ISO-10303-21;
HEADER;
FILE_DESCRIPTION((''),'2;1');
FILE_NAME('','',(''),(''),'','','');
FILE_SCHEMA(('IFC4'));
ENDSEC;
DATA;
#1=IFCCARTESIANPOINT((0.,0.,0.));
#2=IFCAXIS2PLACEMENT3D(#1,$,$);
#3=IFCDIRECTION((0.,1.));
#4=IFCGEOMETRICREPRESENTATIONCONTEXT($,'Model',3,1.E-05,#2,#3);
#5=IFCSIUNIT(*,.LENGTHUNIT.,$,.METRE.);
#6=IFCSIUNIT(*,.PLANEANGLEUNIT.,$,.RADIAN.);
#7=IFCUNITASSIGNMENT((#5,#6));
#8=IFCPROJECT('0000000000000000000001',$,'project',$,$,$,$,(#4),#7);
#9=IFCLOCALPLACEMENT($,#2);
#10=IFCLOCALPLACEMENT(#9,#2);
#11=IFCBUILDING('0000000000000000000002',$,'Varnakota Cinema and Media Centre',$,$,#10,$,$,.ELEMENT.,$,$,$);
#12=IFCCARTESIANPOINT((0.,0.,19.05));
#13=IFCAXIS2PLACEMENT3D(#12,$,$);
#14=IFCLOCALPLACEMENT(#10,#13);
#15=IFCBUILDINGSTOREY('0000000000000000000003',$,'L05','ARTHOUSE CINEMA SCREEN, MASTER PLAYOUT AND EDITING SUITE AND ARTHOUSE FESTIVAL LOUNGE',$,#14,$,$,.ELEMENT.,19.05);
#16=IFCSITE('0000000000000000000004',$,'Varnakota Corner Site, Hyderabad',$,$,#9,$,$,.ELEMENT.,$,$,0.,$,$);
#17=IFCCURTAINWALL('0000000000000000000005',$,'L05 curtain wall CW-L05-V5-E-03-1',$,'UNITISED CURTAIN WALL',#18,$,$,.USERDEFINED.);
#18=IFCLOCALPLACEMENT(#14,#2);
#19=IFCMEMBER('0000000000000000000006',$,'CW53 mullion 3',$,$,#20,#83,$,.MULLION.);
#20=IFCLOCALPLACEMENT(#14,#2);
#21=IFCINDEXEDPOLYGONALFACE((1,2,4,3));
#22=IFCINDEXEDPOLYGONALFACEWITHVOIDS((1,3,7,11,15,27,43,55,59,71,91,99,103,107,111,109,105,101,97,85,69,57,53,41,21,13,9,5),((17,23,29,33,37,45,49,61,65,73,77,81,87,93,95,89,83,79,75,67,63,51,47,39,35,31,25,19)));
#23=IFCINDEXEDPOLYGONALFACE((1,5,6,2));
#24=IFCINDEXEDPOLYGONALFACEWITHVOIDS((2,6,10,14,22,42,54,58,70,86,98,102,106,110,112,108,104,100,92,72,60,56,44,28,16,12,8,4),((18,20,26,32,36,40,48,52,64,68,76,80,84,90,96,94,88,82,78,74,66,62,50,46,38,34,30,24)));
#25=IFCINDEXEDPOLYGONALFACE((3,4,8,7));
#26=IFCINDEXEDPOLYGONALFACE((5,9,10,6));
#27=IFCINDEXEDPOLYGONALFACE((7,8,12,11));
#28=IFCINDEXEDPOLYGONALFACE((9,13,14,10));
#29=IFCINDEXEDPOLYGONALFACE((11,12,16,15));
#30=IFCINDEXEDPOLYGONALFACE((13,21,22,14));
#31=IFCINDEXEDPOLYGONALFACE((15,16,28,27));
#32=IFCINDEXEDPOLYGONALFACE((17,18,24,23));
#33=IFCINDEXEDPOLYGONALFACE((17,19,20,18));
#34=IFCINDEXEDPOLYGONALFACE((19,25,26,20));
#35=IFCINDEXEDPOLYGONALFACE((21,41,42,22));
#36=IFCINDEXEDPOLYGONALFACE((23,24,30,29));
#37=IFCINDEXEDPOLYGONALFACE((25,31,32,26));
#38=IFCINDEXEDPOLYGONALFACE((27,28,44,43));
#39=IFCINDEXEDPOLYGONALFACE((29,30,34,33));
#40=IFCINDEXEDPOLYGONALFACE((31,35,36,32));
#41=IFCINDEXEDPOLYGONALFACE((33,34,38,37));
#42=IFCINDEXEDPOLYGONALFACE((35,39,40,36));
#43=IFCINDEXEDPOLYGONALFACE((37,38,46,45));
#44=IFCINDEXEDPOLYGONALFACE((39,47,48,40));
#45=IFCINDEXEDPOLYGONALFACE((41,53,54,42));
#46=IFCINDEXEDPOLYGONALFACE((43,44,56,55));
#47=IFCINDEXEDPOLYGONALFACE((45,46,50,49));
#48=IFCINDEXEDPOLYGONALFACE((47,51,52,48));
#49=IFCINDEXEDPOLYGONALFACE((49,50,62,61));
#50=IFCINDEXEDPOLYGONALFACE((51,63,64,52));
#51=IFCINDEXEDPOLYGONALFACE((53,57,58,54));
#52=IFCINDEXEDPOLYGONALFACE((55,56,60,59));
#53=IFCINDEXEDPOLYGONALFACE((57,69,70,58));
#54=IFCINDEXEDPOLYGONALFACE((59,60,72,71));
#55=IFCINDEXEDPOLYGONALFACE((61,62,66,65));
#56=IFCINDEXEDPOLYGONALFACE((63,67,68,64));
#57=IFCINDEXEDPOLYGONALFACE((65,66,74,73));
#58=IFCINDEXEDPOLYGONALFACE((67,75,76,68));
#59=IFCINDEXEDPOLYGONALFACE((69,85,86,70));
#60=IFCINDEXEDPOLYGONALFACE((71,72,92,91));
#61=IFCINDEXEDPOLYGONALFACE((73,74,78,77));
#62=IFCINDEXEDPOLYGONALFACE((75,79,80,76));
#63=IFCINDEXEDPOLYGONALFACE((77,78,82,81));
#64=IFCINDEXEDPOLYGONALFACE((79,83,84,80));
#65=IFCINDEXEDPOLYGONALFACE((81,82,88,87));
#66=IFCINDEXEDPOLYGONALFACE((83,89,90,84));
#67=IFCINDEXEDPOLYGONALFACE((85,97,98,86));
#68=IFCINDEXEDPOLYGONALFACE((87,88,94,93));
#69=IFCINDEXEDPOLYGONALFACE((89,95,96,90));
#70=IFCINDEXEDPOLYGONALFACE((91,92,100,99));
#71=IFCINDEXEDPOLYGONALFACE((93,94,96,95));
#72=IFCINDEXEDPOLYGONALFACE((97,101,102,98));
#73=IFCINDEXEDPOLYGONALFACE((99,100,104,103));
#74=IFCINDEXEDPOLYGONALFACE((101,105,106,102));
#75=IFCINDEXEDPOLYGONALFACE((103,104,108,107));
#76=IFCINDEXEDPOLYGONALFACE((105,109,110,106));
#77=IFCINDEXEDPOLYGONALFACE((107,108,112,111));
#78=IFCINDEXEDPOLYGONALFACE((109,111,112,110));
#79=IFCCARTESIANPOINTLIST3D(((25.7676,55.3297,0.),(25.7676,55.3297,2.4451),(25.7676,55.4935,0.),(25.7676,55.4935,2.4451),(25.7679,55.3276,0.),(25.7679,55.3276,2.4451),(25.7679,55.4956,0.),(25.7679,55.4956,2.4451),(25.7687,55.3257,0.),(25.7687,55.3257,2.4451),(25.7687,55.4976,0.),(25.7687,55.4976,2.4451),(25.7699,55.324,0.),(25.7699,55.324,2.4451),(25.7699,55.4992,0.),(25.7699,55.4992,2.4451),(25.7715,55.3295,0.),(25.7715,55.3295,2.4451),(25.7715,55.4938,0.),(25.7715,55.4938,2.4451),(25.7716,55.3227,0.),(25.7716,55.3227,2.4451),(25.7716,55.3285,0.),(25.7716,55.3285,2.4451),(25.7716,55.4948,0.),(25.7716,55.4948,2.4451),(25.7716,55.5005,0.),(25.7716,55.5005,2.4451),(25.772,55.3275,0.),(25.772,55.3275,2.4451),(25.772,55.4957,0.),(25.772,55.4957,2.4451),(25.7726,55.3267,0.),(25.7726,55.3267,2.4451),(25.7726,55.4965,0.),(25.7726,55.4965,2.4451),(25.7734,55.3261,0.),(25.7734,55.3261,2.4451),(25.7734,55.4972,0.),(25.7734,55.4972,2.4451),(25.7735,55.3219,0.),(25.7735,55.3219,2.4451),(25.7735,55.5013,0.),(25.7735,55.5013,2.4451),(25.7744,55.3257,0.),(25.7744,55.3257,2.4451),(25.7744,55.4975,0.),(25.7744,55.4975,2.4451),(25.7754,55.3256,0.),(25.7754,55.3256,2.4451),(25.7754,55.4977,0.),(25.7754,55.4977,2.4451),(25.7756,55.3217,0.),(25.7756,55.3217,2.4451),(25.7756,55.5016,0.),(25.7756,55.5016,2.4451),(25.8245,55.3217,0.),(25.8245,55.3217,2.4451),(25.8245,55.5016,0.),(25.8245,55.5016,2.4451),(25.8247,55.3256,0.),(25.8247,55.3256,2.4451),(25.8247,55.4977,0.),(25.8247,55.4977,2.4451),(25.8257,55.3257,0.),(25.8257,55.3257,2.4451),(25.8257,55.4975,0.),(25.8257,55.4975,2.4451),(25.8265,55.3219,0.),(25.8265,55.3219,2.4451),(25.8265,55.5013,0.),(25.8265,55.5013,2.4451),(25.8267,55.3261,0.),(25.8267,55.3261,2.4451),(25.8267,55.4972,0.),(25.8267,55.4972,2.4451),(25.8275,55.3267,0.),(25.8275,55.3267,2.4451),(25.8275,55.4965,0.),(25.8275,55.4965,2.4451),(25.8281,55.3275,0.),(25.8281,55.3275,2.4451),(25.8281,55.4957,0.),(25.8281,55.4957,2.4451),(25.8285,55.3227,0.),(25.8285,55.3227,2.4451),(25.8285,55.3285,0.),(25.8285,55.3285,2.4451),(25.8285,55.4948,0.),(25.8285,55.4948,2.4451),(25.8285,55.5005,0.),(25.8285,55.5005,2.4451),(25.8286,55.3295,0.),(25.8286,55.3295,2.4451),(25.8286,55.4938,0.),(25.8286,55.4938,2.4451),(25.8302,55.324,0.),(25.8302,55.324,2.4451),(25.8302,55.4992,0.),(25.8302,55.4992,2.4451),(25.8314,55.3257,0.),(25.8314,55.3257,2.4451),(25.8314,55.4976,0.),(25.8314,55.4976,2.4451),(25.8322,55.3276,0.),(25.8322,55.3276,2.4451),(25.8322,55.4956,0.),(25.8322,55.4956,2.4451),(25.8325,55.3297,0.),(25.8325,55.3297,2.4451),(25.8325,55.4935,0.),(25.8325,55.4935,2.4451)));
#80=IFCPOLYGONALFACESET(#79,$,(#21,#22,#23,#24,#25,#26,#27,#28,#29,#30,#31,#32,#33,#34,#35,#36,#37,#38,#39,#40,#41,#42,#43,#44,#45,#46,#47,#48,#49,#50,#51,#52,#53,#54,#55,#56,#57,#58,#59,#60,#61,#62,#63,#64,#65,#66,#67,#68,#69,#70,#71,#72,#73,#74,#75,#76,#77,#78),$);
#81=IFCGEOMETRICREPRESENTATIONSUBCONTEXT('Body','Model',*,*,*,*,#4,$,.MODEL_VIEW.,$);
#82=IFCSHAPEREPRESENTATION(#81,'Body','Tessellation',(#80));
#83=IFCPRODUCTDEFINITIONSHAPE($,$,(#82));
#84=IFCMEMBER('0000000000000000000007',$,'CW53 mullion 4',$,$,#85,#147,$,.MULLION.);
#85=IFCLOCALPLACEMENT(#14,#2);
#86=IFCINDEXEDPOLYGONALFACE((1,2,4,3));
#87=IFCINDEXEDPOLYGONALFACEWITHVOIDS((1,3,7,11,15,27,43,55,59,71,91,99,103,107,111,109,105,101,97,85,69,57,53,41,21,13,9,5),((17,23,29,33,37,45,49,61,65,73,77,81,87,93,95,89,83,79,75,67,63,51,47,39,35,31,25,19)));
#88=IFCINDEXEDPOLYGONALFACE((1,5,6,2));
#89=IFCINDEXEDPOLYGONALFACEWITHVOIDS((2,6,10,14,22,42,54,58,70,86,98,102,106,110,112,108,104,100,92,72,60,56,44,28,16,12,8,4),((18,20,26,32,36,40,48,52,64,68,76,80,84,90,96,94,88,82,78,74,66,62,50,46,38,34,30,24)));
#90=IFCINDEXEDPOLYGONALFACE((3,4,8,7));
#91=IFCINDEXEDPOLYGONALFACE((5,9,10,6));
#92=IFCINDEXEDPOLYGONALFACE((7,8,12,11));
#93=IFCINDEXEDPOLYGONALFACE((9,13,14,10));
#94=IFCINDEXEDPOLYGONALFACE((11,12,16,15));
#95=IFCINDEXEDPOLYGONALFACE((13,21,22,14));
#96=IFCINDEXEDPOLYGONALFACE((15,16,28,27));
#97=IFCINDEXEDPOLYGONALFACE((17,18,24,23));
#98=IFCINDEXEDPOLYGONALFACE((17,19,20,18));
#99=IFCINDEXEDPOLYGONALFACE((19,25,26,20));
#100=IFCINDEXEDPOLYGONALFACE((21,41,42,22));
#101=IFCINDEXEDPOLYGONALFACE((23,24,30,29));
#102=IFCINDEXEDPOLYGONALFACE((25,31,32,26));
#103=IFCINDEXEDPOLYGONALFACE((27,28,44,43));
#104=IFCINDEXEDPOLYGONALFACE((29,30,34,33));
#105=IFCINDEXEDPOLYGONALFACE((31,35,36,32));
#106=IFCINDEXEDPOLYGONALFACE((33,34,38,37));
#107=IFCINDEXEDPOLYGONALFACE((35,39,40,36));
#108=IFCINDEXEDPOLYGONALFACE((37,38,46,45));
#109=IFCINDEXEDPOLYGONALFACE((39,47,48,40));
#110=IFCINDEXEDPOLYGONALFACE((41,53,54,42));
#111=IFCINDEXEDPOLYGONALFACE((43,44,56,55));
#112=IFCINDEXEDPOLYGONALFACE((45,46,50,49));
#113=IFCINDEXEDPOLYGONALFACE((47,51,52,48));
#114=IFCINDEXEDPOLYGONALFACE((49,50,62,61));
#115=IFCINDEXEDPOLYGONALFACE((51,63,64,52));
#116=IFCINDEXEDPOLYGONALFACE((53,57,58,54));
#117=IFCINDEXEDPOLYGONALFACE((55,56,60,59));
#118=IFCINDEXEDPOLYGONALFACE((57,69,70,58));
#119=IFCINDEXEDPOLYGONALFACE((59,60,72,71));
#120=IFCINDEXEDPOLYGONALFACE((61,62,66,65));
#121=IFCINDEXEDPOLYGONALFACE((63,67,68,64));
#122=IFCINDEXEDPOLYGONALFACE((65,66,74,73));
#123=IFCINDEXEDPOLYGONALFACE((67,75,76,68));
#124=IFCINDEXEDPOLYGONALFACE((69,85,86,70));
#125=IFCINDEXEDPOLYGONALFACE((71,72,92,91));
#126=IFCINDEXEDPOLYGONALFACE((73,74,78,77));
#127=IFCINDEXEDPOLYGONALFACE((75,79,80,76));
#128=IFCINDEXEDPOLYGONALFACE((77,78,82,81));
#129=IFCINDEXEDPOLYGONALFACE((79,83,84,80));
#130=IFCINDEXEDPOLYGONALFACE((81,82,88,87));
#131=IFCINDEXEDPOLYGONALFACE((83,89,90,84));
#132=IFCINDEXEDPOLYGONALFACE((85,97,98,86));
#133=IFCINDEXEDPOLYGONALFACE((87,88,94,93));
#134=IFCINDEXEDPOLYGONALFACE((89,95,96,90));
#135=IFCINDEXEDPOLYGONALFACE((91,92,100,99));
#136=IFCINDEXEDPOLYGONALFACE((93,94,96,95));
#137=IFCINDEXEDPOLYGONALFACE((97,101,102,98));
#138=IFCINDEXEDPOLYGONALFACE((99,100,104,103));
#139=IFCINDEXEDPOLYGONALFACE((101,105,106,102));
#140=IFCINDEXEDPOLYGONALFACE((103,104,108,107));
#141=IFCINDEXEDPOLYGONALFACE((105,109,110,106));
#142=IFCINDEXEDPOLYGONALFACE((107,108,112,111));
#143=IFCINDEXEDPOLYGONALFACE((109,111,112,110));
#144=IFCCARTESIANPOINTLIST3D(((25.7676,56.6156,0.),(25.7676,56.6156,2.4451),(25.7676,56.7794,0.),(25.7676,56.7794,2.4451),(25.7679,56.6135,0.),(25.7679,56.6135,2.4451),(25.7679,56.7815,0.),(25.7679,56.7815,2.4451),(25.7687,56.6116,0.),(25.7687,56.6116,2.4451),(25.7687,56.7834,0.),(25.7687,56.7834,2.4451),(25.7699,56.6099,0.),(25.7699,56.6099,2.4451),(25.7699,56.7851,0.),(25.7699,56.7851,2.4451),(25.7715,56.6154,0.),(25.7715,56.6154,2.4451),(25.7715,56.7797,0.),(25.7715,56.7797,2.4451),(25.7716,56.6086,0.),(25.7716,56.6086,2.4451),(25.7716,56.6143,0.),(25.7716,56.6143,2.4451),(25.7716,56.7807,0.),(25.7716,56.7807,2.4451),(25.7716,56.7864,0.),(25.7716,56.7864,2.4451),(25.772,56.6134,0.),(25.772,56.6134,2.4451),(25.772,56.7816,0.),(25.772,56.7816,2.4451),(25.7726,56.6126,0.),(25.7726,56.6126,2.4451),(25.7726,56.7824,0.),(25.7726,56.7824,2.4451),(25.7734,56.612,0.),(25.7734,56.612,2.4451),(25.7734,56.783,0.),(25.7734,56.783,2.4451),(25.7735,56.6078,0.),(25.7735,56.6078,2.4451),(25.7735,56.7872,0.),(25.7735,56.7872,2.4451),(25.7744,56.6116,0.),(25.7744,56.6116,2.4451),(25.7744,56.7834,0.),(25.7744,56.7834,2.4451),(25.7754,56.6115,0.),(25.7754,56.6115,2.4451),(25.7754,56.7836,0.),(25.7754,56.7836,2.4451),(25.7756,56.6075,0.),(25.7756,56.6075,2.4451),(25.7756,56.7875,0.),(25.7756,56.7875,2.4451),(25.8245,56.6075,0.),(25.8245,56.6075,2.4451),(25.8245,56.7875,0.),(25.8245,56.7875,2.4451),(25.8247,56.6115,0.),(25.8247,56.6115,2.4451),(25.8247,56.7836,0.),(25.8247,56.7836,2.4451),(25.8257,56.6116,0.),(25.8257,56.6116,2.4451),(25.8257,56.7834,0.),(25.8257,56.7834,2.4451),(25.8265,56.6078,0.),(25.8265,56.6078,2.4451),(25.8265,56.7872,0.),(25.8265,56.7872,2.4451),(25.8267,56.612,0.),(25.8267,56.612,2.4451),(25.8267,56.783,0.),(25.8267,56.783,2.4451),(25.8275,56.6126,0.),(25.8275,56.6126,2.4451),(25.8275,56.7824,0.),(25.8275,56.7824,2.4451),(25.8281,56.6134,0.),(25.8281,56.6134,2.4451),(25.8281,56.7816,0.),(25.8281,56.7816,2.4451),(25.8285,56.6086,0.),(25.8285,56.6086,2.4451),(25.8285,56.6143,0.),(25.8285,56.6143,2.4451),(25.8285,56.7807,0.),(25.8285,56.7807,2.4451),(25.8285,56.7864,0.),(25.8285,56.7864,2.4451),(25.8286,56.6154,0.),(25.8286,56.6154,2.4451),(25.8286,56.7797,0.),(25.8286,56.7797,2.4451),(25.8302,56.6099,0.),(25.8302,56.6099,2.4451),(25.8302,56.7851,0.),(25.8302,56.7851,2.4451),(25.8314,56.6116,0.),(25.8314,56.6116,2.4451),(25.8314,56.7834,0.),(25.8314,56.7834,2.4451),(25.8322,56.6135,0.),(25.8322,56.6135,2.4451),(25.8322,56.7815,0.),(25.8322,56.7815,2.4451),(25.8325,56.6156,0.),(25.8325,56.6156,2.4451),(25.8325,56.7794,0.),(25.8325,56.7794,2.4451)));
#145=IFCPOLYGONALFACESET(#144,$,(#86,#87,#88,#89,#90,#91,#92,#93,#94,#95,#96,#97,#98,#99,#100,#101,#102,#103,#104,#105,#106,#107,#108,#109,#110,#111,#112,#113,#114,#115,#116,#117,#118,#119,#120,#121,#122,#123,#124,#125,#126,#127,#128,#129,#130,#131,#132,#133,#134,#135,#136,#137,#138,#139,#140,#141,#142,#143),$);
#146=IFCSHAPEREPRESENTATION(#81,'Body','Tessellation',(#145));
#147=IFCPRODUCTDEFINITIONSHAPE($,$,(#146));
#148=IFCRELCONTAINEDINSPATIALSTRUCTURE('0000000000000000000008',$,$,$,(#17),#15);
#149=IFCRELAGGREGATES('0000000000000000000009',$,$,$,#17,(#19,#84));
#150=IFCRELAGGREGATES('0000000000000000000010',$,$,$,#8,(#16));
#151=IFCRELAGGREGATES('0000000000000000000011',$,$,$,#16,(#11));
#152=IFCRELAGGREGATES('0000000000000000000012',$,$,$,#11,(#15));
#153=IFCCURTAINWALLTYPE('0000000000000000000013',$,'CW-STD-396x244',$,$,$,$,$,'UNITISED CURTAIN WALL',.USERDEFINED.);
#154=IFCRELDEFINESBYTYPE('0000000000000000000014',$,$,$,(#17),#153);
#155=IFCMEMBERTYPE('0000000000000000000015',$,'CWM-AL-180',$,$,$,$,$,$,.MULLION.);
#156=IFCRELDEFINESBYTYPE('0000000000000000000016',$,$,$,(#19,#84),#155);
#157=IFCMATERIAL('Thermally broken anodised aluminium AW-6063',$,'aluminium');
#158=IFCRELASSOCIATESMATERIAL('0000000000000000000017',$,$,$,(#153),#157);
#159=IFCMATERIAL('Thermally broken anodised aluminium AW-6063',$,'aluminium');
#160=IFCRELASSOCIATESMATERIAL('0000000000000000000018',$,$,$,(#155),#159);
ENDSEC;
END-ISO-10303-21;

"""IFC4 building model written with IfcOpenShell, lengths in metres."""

from ifc_helpers import new_model, si_unit, direction, frame, origin, origin_2d, place, context, subcontext, project, spatial, hollow_rectangle, extrude, material, material_profile, profile_set, type_object, element, aggregate, save


model = new_model("IFC4")

# Units and contexts
model_context = context("Model", 3, precision=1e-05, world=origin(), true_north=direction((0.0, 1.0)))
body_context = subcontext(model_context, "Body", "Model", "MODEL_VIEW")
ifc_project = project(units=[si_unit("LENGTHUNIT", "METRE"), si_unit("PLANEANGLEUNIT", "RADIAN")], contexts=[model_context])

# Site, building, storey
site_placement = place(None, origin())
site = spatial("IfcSite", under=ifc_project, at=site_placement, Name="Varnakota Corner Site, Hyderabad", CompositionType="ELEMENT", RefElevation=0.0)
building_placement = place(site_placement, origin())
building = spatial("IfcBuilding", under=site, at=building_placement, Name="Varnakota Cinema and Media Centre", CompositionType="ELEMENT")
storey_placement = place(building_placement, frame((0.0, 0.0, 19.05)))
storey = spatial("IfcBuildingStorey", under=building, at=storey_placement, Name="L05", Description="ARTHOUSE CINEMA SCREEN, MASTER PLAYOUT AND EDITING SUITE AND ARTHOUSE FESTIVAL LOUNGE", CompositionType="ELEMENT", Elevation=19.05)

# Curtain wall, members
ifc_material_1 = material(Name="Thermally broken anodised aluminium AW-6063", Category="aluminium")
curtain_wall_type = type_object("IfcCurtainWallType", Name="CW-STD-396x244", ElementType="UNITISED CURTAIN WALL", PredefinedType="USERDEFINED", material=ifc_material_1)
curtain_wall_1_placement = place(storey_placement, origin())
curtain_wall_1 = element("IfcCurtainWall", 1, at=curtain_wall_1_placement, inside=storey, type_object=curtain_wall_type, Name="L05 curtain wall CW-L05-V5-E-03-1", ObjectType="UNITISED CURTAIN WALL", PredefinedType="USERDEFINED")
ifc_material_2 = material(Name="Thermally broken anodised aluminium AW-6063", Category="aluminium")
ifc_material_profile_1 = material_profile(ifc_material_2, hollow_rectangle(XDim=0.0649, YDim=0.1799, WallThickness=0.0039, InnerFilletRadius=0.0039, OuterFilletRadius=0.0081, at=origin_2d()), Name="AL-MULLION 180x65x4")
ifc_profile_set_1 = profile_set([ifc_material_profile_1], Name="Thermally broken anodised aluminium AW-6063")
member_type_1 = type_object("IfcMemberType", Name="CWM-AL-180", PredefinedType="MULLION", material=ifc_profile_set_1)
member_1_placement = place(storey_placement, frame((25.8, 55.4116, 0.0), z_axis=(0.0, 0.0, 1.0), x_axis=(-1.0, 0.0, 0.0)))
member_1 = element("IfcMember", 2, at=member_1_placement, type_object=member_type_1, Name="CW53 mullion 3", PredefinedType="MULLION", context=body_context, shape_type="SweptSolid", body=[
    extrude(hollow_rectangle(XDim=0.0649, YDim=0.1799, WallThickness=0.0039, InnerFilletRadius=0.0039, OuterFilletRadius=0.0081, at=origin_2d()), origin(), (0.0, 0.0, 1.0), 2.4451),
])
member_2_placement = place(storey_placement, frame((25.8, 56.6975, 0.0), z_axis=(0.0, 0.0, 1.0), x_axis=(-1.0, 0.0, 0.0)))
member_2 = element("IfcMember", 3, at=member_2_placement, type_object=member_type_1, Name="CW53 mullion 4", PredefinedType="MULLION", context=body_context, shape_type="SweptSolid", body=[
    extrude(hollow_rectangle(XDim=0.0649, YDim=0.1799, WallThickness=0.0039, InnerFilletRadius=0.0039, OuterFilletRadius=0.0081, at=origin_2d()), origin(), (0.0, 0.0, 1.0), 2.4451),
])

aggregate(curtain_wall_1, [member_1, member_2])

save(model, "model.ifc")
